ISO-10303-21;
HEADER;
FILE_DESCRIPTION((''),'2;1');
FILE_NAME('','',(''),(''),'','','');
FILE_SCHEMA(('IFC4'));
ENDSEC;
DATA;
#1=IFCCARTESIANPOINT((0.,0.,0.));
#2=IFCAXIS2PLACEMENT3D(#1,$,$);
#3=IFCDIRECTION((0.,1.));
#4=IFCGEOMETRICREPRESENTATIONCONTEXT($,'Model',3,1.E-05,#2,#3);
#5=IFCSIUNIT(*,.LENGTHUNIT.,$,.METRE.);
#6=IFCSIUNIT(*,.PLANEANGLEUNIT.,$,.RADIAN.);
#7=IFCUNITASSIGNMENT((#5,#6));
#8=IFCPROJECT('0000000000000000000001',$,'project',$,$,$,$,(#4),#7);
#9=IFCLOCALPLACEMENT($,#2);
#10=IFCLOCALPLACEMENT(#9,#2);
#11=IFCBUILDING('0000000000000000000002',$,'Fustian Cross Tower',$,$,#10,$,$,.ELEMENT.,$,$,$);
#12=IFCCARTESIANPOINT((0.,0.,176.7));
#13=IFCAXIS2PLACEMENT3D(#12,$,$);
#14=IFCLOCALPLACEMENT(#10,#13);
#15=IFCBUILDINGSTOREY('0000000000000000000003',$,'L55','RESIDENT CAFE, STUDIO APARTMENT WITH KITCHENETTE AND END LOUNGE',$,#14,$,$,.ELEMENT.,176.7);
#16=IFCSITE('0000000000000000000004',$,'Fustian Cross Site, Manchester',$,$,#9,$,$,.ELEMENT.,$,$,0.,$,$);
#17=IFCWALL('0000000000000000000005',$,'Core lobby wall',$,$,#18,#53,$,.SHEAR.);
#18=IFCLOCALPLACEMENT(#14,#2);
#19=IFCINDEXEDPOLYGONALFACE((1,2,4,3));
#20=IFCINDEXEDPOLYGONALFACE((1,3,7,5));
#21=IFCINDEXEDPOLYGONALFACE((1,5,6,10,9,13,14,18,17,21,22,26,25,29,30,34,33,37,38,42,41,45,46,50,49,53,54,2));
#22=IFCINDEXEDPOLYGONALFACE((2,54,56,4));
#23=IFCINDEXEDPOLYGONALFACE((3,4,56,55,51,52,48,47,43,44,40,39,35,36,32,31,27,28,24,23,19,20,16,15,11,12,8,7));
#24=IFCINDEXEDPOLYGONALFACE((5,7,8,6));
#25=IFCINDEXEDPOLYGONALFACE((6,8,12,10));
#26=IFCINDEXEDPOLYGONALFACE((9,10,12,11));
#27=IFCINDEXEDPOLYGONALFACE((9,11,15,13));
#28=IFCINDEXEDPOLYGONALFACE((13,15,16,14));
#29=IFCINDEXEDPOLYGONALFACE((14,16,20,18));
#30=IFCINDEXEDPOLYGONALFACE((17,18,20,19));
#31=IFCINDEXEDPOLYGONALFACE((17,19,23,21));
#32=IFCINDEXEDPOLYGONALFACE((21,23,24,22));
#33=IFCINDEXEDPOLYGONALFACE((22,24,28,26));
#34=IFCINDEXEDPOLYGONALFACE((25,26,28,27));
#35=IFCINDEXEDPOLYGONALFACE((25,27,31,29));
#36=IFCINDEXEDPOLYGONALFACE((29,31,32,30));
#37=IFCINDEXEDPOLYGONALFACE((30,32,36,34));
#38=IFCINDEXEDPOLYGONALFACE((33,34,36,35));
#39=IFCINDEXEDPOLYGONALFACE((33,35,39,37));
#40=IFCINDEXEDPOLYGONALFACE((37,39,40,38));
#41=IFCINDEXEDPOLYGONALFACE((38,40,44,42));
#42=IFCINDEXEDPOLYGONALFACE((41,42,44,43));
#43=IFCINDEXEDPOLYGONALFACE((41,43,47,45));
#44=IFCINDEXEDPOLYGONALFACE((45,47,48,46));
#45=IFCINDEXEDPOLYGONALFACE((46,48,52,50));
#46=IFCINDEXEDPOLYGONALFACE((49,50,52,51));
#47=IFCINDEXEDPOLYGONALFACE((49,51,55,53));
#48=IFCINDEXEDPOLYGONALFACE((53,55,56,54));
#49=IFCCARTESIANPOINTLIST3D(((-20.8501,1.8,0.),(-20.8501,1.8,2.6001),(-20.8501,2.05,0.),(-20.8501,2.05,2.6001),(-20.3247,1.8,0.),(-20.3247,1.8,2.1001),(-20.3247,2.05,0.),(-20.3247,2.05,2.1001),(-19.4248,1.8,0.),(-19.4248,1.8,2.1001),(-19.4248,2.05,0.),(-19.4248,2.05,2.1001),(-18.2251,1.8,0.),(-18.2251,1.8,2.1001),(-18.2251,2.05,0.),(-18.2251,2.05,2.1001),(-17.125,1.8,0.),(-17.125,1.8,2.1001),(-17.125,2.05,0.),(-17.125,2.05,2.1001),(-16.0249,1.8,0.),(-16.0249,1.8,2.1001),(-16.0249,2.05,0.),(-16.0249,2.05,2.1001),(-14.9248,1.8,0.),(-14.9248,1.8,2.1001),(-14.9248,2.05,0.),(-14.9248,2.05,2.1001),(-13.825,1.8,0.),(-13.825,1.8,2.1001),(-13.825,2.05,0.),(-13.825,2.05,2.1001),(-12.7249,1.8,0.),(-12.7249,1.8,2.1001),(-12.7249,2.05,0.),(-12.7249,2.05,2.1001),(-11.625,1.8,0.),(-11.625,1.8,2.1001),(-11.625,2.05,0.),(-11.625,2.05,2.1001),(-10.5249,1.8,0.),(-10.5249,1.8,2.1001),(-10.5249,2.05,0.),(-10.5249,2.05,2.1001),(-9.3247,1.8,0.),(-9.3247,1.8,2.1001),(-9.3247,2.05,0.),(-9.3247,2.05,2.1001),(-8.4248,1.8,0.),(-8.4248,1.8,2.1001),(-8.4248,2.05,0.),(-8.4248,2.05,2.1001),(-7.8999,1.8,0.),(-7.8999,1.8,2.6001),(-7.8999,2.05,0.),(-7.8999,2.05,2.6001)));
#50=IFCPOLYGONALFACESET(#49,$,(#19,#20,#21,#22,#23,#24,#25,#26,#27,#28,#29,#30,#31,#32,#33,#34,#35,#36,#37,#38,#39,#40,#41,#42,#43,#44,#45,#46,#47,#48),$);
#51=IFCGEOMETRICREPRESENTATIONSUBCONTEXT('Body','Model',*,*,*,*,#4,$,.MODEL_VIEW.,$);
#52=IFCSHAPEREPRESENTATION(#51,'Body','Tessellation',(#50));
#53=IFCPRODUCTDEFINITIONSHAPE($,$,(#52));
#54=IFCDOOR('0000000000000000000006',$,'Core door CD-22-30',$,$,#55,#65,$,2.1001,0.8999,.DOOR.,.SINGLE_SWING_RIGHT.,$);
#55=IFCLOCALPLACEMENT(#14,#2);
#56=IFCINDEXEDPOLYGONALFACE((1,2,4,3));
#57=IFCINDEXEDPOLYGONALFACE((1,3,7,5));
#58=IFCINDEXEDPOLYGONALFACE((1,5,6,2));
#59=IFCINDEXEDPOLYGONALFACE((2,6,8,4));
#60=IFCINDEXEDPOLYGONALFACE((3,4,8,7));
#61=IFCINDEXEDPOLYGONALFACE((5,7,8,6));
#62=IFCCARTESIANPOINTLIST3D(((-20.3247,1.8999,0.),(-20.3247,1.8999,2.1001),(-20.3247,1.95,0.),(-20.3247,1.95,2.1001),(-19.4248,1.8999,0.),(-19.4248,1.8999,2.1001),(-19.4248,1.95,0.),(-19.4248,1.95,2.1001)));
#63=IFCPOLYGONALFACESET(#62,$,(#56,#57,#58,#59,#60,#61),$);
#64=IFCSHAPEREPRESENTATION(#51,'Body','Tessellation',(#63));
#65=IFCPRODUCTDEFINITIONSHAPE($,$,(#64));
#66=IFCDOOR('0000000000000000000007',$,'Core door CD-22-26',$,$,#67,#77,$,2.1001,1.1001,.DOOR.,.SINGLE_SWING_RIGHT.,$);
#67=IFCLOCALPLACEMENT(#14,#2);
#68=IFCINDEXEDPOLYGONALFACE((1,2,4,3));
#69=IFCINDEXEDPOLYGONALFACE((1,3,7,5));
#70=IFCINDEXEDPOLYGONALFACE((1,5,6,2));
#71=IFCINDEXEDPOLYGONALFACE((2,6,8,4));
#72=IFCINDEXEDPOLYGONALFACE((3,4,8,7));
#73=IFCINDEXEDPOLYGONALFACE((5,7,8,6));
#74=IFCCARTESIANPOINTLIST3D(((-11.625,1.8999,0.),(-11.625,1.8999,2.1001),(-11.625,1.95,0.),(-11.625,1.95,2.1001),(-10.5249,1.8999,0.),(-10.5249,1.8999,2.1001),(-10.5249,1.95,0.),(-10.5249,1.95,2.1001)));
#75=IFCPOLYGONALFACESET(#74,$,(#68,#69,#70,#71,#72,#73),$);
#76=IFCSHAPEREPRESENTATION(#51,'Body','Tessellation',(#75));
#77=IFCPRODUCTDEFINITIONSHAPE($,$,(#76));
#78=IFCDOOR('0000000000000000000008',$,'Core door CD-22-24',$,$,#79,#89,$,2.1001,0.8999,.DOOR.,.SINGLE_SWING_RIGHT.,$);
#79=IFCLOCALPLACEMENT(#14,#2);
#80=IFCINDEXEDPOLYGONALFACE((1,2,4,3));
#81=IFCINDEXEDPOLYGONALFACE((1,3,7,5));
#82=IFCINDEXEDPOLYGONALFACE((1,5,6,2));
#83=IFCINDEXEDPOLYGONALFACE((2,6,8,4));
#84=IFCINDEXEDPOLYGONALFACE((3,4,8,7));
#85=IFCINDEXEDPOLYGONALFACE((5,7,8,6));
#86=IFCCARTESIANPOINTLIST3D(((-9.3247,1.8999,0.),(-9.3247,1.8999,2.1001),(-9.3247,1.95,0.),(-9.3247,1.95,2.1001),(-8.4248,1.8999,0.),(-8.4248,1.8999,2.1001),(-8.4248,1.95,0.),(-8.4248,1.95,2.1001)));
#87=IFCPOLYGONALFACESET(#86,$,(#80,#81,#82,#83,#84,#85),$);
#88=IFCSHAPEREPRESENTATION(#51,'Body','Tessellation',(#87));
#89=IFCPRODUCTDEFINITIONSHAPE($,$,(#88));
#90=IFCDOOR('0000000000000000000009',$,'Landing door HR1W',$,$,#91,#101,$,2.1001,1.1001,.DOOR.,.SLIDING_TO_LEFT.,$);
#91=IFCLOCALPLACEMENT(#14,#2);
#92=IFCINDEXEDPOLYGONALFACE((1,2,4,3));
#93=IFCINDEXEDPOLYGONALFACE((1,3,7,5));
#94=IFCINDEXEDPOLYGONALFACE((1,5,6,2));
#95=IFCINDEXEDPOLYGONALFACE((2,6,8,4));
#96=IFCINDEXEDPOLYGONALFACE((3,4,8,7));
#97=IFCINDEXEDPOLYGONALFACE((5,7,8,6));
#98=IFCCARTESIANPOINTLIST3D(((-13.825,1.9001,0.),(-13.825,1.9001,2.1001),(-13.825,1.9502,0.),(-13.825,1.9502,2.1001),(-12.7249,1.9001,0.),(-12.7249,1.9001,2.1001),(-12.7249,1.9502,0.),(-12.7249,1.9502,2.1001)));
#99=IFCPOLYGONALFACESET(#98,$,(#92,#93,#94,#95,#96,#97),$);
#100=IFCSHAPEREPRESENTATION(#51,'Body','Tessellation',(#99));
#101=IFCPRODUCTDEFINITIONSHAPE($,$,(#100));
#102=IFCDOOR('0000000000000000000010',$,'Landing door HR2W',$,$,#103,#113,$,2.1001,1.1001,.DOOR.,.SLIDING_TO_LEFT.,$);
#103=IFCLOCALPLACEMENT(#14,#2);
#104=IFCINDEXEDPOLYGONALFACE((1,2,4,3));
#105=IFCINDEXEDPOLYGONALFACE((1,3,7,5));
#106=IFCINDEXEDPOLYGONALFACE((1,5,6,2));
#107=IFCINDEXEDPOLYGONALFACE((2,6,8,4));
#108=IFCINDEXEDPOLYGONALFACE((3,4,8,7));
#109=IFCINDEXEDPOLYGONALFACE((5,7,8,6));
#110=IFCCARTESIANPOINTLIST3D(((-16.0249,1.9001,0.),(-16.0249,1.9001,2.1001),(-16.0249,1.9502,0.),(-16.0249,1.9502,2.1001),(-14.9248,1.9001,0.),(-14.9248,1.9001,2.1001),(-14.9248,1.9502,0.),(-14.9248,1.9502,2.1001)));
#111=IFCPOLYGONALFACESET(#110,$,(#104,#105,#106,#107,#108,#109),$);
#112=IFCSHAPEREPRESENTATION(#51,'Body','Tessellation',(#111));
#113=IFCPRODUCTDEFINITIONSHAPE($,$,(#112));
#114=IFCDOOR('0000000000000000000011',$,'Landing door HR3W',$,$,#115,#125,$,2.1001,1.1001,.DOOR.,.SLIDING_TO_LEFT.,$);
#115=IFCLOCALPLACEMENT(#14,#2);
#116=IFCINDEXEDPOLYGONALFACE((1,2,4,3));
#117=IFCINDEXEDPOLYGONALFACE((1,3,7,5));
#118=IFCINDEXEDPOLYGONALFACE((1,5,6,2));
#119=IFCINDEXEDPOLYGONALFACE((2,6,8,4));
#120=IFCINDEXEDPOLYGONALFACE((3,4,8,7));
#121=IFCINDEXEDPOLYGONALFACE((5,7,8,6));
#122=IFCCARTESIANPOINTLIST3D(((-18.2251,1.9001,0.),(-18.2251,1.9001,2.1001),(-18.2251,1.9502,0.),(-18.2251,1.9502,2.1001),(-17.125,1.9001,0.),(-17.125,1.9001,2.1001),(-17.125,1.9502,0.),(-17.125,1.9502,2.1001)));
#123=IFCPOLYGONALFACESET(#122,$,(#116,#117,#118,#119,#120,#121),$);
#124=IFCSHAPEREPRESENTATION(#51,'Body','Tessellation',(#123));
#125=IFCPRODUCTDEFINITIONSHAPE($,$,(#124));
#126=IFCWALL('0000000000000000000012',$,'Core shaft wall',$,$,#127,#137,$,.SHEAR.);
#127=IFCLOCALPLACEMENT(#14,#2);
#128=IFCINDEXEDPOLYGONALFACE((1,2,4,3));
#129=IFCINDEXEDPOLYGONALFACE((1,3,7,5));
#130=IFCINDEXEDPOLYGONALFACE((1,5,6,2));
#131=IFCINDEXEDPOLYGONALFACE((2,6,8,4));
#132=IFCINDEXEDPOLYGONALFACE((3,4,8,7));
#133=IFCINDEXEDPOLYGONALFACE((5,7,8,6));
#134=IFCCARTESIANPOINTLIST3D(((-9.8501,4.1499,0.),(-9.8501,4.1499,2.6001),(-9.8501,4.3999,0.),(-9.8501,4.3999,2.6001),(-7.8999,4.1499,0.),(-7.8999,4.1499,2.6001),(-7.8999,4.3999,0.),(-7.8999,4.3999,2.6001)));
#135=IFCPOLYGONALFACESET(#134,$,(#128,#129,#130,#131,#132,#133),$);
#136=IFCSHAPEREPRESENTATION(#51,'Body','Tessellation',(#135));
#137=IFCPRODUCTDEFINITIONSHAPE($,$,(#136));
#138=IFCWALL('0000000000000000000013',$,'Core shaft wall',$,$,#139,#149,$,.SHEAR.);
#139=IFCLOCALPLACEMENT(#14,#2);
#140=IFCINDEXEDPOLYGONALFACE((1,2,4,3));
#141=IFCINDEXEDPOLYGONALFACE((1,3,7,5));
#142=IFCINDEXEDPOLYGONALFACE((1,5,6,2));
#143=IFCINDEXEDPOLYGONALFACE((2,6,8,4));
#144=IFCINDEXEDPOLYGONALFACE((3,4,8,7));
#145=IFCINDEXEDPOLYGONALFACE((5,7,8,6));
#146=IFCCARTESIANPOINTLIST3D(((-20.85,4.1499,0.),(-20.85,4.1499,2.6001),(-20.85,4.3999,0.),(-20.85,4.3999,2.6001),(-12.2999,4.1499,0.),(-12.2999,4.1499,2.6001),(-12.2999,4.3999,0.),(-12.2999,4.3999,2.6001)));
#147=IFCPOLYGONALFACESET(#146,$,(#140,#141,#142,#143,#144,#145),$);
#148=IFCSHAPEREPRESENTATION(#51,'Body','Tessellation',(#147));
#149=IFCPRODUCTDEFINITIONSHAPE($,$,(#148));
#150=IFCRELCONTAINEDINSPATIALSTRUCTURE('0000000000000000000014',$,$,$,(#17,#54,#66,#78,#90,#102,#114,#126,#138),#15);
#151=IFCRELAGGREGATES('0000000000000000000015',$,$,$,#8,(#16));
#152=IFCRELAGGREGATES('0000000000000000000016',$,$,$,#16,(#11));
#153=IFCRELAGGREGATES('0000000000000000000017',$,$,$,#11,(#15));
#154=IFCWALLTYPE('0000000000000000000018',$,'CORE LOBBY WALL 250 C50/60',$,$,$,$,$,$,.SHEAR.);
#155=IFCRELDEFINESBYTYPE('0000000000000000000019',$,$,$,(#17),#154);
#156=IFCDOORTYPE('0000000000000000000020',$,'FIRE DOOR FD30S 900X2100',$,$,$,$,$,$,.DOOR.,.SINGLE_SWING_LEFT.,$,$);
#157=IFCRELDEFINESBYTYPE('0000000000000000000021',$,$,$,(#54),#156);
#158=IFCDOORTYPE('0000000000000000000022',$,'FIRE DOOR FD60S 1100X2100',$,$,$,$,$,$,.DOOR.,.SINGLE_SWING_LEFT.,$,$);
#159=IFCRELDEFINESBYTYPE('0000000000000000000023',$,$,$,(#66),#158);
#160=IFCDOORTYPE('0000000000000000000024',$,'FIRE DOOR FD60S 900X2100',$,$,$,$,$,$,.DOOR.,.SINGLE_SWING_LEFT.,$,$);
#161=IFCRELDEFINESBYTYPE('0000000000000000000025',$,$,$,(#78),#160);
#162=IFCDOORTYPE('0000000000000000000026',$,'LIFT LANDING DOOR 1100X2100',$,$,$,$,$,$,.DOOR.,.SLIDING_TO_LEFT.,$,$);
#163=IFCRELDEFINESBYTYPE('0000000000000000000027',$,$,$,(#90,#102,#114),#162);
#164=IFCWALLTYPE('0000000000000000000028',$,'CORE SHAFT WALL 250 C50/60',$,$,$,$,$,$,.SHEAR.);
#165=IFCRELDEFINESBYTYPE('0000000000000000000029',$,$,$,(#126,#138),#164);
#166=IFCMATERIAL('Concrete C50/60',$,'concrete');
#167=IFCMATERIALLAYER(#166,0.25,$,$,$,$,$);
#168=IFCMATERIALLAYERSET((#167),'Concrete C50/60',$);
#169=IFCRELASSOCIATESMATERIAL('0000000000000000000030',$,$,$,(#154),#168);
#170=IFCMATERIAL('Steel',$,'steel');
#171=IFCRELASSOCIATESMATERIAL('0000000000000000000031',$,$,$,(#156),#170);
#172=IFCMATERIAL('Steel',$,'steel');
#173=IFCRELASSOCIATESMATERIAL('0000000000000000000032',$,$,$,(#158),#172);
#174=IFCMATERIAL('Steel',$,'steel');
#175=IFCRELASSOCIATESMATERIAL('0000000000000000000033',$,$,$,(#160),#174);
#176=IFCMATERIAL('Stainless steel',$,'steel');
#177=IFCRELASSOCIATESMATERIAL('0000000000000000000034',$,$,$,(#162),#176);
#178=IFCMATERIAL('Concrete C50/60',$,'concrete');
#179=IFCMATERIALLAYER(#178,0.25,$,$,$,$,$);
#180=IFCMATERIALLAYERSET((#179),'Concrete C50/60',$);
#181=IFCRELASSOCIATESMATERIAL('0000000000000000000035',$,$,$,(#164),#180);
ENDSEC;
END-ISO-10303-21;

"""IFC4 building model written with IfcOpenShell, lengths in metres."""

from ifc_helpers import new_model, si_unit, direction, frame, frame_2d, origin, place, context, subcontext, project, spatial, rectangle, extrude, material, layer, layer_set, type_object, element, fill, save


model = new_model("IFC4")

# Units and contexts
model_context = context("Model", 3, precision=1e-05, world=origin(), true_north=direction((0.0, 1.0)))
body_context = subcontext(model_context, "Body", "Model", "MODEL_VIEW")
ifc_project = project(units=[si_unit("LENGTHUNIT", "METRE"), si_unit("PLANEANGLEUNIT", "RADIAN")], contexts=[model_context])

# Site, building, storey
site_placement = place(None, origin())
site = spatial("IfcSite", under=ifc_project, at=site_placement, Name="Fustian Cross Site, Manchester", CompositionType="ELEMENT", RefElevation=0.0)
building_placement = place(site_placement, origin())
building = spatial("IfcBuilding", under=site, at=building_placement, Name="Fustian Cross Tower", CompositionType="ELEMENT")
storey_placement = place(building_placement, frame((0.0, 0.0, 176.7)))
storey = spatial("IfcBuildingStorey", under=building, at=storey_placement, Name="L55", Description="RESIDENT CAFE, STUDIO APARTMENT WITH KITCHENETTE AND END LOUNGE", CompositionType="ELEMENT", Elevation=176.7)

# Wall, openings, doors
ifc_material_1 = material(Name="Concrete C50/60", Category="concrete")
ifc_layer_1 = layer(ifc_material_1, 0.25)
ifc_layer_set_1 = layer_set([ifc_layer_1], Name="Concrete C50/60")
wall_type_1 = type_object("IfcWallType", Name="CORE LOBBY WALL 250 C50/60", PredefinedType="SHEAR", material=ifc_layer_set_1)
wall_1_placement = place(storey_placement, frame((-7.8999, 1.925, 0.0), z_axis=(0.0, 0.0, 1.0), x_axis=(-1.0, 0.0, 0.0)))
wall_1 = element("IfcWall", 1, at=wall_1_placement, inside=storey, type_object=wall_type_1, Name="Core lobby wall", PredefinedType="SHEAR", context=body_context, shape_type="SweptSolid", body=[
    extrude(rectangle(XDim=12.9502, YDim=0.25, at=frame_2d((6.4751, 0.0))), origin(), (0.0, 0.0, 1.0), 2.6001),
])
opening_1_placement = place(wall_1_placement, frame((4.825, 0.0, 0.0)))
opening_1 = element("IfcOpeningElement", 2, at=opening_1_placement, cuts=wall_1, PredefinedType="OPENING", context=body_context, shape_type="SweptSolid", body=[
    extrude(rectangle(XDim=1.1001, YDim=2.1001, at=frame_2d((0.55, 1.05))), frame((0.0, 0.135, 0.0), z_axis=(0.0, -1.0, 0.0), x_axis=(1.0, 0.0, 0.0)), (0.0, 0.0, 1.0), 0.27),
])
opening_2_placement = place(wall_1_placement, frame((7.0249, 0.0, 0.0)))
opening_2 = element("IfcOpeningElement", 3, at=opening_2_placement, cuts=wall_1, PredefinedType="OPENING", context=body_context, shape_type="SweptSolid", body=[
    extrude(rectangle(XDim=1.1001, YDim=2.1001, at=frame_2d((0.55, 1.05))), frame((0.0, 0.135, 0.0), z_axis=(0.0, -1.0, 0.0), x_axis=(1.0, 0.0, 0.0)), (0.0, 0.0, 1.0), 0.27),
])
opening_3_placement = place(wall_1_placement, frame((9.2251, 0.0, 0.0)))
opening_3 = element("IfcOpeningElement", 4, at=opening_3_placement, cuts=wall_1, PredefinedType="OPENING", context=body_context, shape_type="SweptSolid", body=[
    extrude(rectangle(XDim=1.1001, YDim=2.1001, at=frame_2d((0.55, 1.05))), frame((0.0, 0.135, 0.0), z_axis=(0.0, -1.0, 0.0), x_axis=(1.0, 0.0, 0.0)), (0.0, 0.0, 1.0), 0.27),
])
opening_4_placement = place(wall_1_placement, frame((0.5249, 0.0, 0.0)))
opening_4 = element("IfcOpeningElement", 5, at=opening_4_placement, cuts=wall_1, PredefinedType="OPENING", context=body_context, shape_type="SweptSolid", body=[
    extrude(rectangle(XDim=0.8999, YDim=2.1001, at=frame_2d((0.45, 1.05))), frame((0.0, 0.135, 0.0), z_axis=(0.0, -1.0, 0.0), x_axis=(1.0, 0.0, 0.0)), (0.0, 0.0, 1.0), 0.27),
])
opening_5_placement = place(wall_1_placement, frame((2.625, 0.0, 0.0)))
opening_5 = element("IfcOpeningElement", 6, at=opening_5_placement, cuts=wall_1, PredefinedType="OPENING", context=body_context, shape_type="SweptSolid", body=[
    extrude(rectangle(XDim=1.1001, YDim=2.1001, at=frame_2d((0.55, 1.05))), frame((0.0, 0.135, 0.0), z_axis=(0.0, -1.0, 0.0), x_axis=(1.0, 0.0, 0.0)), (0.0, 0.0, 1.0), 0.27),
])
opening_6_placement = place(wall_1_placement, frame((11.5249, 0.0, 0.0)))
opening_6 = element("IfcOpeningElement", 7, at=opening_6_placement, cuts=wall_1, PredefinedType="OPENING", context=body_context, shape_type="SweptSolid", body=[
    extrude(rectangle(XDim=0.8999, YDim=2.1001, at=frame_2d((0.45, 1.05))), frame((0.0, 0.135, 0.0), z_axis=(0.0, -1.0, 0.0), x_axis=(1.0, 0.0, 0.0)), (0.0, 0.0, 1.0), 0.27),
])
ifc_material_2 = material(Name="Steel", Category="steel")
door_type_1 = type_object("IfcDoorType", Name="FIRE DOOR FD30S 900X2100", OperationType="SINGLE_SWING_LEFT", PredefinedType="DOOR", material=ifc_material_2)
door_1_placement = place(opening_6_placement, frame((0.8999, 0.0, 0.0), z_axis=(0.0, 0.0, 1.0), x_axis=(-1.0, 0.0, 0.0)))
door_1 = element("IfcDoor", 8, at=door_1_placement, inside=storey, type_object=door_type_1, Name="Core door CD-22-30", OperationType="SINGLE_SWING_RIGHT", OverallHeight=2.1001, OverallWidth=0.8999, PredefinedType="DOOR", context=body_context, shape_type="SweptSolid", body=[
    extrude(rectangle(XDim=0.8999, YDim=2.1001, at=frame_2d((0.45, 1.05))), frame((0.0, 0.0249, 0.0), z_axis=(0.0, -1.0, 0.0), x_axis=(1.0, 0.0, 0.0)), (0.0, 0.0, 1.0), 0.05),
])
fill(opening_6, door_1)
ifc_material_3 = material(Name="Steel", Category="steel")
door_type_2 = type_object("IfcDoorType", Name="FIRE DOOR FD60S 1100X2100", OperationType="SINGLE_SWING_LEFT", PredefinedType="DOOR", material=ifc_material_3)
door_2_placement = place(opening_5_placement, frame((1.1001, 0.0, 0.0), z_axis=(0.0, 0.0, 1.0), x_axis=(-1.0, 0.0, 0.0)))
door_2 = element("IfcDoor", 9, at=door_2_placement, inside=storey, type_object=door_type_2, Name="Core door CD-22-26", OperationType="SINGLE_SWING_RIGHT", OverallHeight=2.1001, OverallWidth=1.1001, PredefinedType="DOOR", context=body_context, shape_type="SweptSolid", body=[
    extrude(rectangle(XDim=1.1001, YDim=2.1001, at=frame_2d((0.55, 1.05))), frame((0.0, 0.0249, 0.0), z_axis=(0.0, -1.0, 0.0), x_axis=(1.0, 0.0, 0.0)), (0.0, 0.0, 1.0), 0.05),
])
fill(opening_5, door_2)
ifc_material_4 = material(Name="Steel", Category="steel")
door_type_3 = type_object("IfcDoorType", Name="FIRE DOOR FD60S 900X2100", OperationType="SINGLE_SWING_LEFT", PredefinedType="DOOR", material=ifc_material_4)
door_3_placement = place(opening_4_placement, frame((0.8999, 0.0, 0.0), z_axis=(0.0, 0.0, 1.0), x_axis=(-1.0, 0.0, 0.0)))
door_3 = element("IfcDoor", 10, at=door_3_placement, inside=storey, type_object=door_type_3, Name="Core door CD-22-24", OperationType="SINGLE_SWING_RIGHT", OverallHeight=2.1001, OverallWidth=0.8999, PredefinedType="DOOR", context=body_context, shape_type="SweptSolid", body=[
    extrude(rectangle(XDim=0.8999, YDim=2.1001, at=frame_2d((0.45, 1.05))), frame((0.0, 0.0249, 0.0), z_axis=(0.0, -1.0, 0.0), x_axis=(1.0, 0.0, 0.0)), (0.0, 0.0, 1.0), 0.05),
])
fill(opening_4, door_3)
ifc_material_5 = material(Name="Stainless steel", Category="steel")
door_type_4 = type_object("IfcDoorType", Name="LIFT LANDING DOOR 1100X2100", OperationType="SLIDING_TO_LEFT", PredefinedType="DOOR", material=ifc_material_5)
door_4_placement = place(opening_1_placement, origin())
door_4 = element("IfcDoor", 11, at=door_4_placement, inside=storey, type_object=door_type_4, Name="Landing door HR1W", OperationType="SLIDING_TO_LEFT", OverallHeight=2.1001, OverallWidth=1.1001, PredefinedType="DOOR", context=body_context, shape_type="SweptSolid", body=[
    extrude(rectangle(XDim=1.1001, YDim=2.1001, at=frame_2d((0.55, 1.05))), frame((0.0, 0.0249, 0.0), z_axis=(0.0, -1.0, 0.0), x_axis=(1.0, 0.0, 0.0)), (0.0, 0.0, 1.0), 0.05),
])
fill(opening_1, door_4)
door_5_placement = place(opening_2_placement, origin())
door_5 = element("IfcDoor", 12, at=door_5_placement, inside=storey, type_object=door_type_4, Name="Landing door HR2W", OperationType="SLIDING_TO_LEFT", OverallHeight=2.1001, OverallWidth=1.1001, PredefinedType="DOOR", context=body_context, shape_type="SweptSolid", body=[
    extrude(rectangle(XDim=1.1001, YDim=2.1001, at=frame_2d((0.55, 1.05))), frame((0.0, 0.0249, 0.0), z_axis=(0.0, -1.0, 0.0), x_axis=(1.0, 0.0, 0.0)), (0.0, 0.0, 1.0), 0.05),
])
fill(opening_2, door_5)
door_6_placement = place(opening_3_placement, origin())
door_6 = element("IfcDoor", 13, at=door_6_placement, inside=storey, type_object=door_type_4, Name="Landing door HR3W", OperationType="SLIDING_TO_LEFT", OverallHeight=2.1001, OverallWidth=1.1001, PredefinedType="DOOR", context=body_context, shape_type="SweptSolid", body=[
    extrude(rectangle(XDim=1.1001, YDim=2.1001, at=frame_2d((0.55, 1.05))), frame((0.0, 0.0249, 0.0), z_axis=(0.0, -1.0, 0.0), x_axis=(1.0, 0.0, 0.0)), (0.0, 0.0, 1.0), 0.05),
])
fill(opening_3, door_6)

# Walls
ifc_material_6 = material(Name="Concrete C50/60", Category="concrete")
ifc_layer_2 = layer(ifc_material_6, 0.25)
ifc_layer_set_2 = layer_set([ifc_layer_2], Name="Concrete C50/60")
wall_type_2 = type_object("IfcWallType", Name="CORE SHAFT WALL 250 C50/60", PredefinedType="SHEAR", material=ifc_layer_set_2)
wall_2_placement = place(storey_placement, frame((-7.8999, 4.2749, 0.0), z_axis=(0.0, 0.0, 1.0), x_axis=(-1.0, 0.0, 0.0)))
element("IfcWall", 14, at=wall_2_placement, inside=storey, type_object=wall_type_2, Name="Core shaft wall", PredefinedType="SHEAR", context=body_context, shape_type="SweptSolid", body=[
    extrude(rectangle(XDim=1.9502, YDim=0.25, at=frame_2d((0.9751, 0.0))), origin(), (0.0, 0.0, 1.0), 2.6001),
])
wall_3_placement = place(storey_placement, frame((-12.3, 4.2749, 0.0), z_axis=(0.0, 0.0, 1.0), x_axis=(-1.0, 0.0, 0.0)))
element("IfcWall", 15, at=wall_3_placement, inside=storey, type_object=wall_type_2, Name="Core shaft wall", PredefinedType="SHEAR", context=body_context, shape_type="SweptSolid", body=[
    extrude(rectangle(XDim=8.55, YDim=0.25, at=frame_2d((4.2749, 0.0))), origin(), (0.0, 0.0, 1.0), 2.6001),
])

save(model, "model.ifc")
